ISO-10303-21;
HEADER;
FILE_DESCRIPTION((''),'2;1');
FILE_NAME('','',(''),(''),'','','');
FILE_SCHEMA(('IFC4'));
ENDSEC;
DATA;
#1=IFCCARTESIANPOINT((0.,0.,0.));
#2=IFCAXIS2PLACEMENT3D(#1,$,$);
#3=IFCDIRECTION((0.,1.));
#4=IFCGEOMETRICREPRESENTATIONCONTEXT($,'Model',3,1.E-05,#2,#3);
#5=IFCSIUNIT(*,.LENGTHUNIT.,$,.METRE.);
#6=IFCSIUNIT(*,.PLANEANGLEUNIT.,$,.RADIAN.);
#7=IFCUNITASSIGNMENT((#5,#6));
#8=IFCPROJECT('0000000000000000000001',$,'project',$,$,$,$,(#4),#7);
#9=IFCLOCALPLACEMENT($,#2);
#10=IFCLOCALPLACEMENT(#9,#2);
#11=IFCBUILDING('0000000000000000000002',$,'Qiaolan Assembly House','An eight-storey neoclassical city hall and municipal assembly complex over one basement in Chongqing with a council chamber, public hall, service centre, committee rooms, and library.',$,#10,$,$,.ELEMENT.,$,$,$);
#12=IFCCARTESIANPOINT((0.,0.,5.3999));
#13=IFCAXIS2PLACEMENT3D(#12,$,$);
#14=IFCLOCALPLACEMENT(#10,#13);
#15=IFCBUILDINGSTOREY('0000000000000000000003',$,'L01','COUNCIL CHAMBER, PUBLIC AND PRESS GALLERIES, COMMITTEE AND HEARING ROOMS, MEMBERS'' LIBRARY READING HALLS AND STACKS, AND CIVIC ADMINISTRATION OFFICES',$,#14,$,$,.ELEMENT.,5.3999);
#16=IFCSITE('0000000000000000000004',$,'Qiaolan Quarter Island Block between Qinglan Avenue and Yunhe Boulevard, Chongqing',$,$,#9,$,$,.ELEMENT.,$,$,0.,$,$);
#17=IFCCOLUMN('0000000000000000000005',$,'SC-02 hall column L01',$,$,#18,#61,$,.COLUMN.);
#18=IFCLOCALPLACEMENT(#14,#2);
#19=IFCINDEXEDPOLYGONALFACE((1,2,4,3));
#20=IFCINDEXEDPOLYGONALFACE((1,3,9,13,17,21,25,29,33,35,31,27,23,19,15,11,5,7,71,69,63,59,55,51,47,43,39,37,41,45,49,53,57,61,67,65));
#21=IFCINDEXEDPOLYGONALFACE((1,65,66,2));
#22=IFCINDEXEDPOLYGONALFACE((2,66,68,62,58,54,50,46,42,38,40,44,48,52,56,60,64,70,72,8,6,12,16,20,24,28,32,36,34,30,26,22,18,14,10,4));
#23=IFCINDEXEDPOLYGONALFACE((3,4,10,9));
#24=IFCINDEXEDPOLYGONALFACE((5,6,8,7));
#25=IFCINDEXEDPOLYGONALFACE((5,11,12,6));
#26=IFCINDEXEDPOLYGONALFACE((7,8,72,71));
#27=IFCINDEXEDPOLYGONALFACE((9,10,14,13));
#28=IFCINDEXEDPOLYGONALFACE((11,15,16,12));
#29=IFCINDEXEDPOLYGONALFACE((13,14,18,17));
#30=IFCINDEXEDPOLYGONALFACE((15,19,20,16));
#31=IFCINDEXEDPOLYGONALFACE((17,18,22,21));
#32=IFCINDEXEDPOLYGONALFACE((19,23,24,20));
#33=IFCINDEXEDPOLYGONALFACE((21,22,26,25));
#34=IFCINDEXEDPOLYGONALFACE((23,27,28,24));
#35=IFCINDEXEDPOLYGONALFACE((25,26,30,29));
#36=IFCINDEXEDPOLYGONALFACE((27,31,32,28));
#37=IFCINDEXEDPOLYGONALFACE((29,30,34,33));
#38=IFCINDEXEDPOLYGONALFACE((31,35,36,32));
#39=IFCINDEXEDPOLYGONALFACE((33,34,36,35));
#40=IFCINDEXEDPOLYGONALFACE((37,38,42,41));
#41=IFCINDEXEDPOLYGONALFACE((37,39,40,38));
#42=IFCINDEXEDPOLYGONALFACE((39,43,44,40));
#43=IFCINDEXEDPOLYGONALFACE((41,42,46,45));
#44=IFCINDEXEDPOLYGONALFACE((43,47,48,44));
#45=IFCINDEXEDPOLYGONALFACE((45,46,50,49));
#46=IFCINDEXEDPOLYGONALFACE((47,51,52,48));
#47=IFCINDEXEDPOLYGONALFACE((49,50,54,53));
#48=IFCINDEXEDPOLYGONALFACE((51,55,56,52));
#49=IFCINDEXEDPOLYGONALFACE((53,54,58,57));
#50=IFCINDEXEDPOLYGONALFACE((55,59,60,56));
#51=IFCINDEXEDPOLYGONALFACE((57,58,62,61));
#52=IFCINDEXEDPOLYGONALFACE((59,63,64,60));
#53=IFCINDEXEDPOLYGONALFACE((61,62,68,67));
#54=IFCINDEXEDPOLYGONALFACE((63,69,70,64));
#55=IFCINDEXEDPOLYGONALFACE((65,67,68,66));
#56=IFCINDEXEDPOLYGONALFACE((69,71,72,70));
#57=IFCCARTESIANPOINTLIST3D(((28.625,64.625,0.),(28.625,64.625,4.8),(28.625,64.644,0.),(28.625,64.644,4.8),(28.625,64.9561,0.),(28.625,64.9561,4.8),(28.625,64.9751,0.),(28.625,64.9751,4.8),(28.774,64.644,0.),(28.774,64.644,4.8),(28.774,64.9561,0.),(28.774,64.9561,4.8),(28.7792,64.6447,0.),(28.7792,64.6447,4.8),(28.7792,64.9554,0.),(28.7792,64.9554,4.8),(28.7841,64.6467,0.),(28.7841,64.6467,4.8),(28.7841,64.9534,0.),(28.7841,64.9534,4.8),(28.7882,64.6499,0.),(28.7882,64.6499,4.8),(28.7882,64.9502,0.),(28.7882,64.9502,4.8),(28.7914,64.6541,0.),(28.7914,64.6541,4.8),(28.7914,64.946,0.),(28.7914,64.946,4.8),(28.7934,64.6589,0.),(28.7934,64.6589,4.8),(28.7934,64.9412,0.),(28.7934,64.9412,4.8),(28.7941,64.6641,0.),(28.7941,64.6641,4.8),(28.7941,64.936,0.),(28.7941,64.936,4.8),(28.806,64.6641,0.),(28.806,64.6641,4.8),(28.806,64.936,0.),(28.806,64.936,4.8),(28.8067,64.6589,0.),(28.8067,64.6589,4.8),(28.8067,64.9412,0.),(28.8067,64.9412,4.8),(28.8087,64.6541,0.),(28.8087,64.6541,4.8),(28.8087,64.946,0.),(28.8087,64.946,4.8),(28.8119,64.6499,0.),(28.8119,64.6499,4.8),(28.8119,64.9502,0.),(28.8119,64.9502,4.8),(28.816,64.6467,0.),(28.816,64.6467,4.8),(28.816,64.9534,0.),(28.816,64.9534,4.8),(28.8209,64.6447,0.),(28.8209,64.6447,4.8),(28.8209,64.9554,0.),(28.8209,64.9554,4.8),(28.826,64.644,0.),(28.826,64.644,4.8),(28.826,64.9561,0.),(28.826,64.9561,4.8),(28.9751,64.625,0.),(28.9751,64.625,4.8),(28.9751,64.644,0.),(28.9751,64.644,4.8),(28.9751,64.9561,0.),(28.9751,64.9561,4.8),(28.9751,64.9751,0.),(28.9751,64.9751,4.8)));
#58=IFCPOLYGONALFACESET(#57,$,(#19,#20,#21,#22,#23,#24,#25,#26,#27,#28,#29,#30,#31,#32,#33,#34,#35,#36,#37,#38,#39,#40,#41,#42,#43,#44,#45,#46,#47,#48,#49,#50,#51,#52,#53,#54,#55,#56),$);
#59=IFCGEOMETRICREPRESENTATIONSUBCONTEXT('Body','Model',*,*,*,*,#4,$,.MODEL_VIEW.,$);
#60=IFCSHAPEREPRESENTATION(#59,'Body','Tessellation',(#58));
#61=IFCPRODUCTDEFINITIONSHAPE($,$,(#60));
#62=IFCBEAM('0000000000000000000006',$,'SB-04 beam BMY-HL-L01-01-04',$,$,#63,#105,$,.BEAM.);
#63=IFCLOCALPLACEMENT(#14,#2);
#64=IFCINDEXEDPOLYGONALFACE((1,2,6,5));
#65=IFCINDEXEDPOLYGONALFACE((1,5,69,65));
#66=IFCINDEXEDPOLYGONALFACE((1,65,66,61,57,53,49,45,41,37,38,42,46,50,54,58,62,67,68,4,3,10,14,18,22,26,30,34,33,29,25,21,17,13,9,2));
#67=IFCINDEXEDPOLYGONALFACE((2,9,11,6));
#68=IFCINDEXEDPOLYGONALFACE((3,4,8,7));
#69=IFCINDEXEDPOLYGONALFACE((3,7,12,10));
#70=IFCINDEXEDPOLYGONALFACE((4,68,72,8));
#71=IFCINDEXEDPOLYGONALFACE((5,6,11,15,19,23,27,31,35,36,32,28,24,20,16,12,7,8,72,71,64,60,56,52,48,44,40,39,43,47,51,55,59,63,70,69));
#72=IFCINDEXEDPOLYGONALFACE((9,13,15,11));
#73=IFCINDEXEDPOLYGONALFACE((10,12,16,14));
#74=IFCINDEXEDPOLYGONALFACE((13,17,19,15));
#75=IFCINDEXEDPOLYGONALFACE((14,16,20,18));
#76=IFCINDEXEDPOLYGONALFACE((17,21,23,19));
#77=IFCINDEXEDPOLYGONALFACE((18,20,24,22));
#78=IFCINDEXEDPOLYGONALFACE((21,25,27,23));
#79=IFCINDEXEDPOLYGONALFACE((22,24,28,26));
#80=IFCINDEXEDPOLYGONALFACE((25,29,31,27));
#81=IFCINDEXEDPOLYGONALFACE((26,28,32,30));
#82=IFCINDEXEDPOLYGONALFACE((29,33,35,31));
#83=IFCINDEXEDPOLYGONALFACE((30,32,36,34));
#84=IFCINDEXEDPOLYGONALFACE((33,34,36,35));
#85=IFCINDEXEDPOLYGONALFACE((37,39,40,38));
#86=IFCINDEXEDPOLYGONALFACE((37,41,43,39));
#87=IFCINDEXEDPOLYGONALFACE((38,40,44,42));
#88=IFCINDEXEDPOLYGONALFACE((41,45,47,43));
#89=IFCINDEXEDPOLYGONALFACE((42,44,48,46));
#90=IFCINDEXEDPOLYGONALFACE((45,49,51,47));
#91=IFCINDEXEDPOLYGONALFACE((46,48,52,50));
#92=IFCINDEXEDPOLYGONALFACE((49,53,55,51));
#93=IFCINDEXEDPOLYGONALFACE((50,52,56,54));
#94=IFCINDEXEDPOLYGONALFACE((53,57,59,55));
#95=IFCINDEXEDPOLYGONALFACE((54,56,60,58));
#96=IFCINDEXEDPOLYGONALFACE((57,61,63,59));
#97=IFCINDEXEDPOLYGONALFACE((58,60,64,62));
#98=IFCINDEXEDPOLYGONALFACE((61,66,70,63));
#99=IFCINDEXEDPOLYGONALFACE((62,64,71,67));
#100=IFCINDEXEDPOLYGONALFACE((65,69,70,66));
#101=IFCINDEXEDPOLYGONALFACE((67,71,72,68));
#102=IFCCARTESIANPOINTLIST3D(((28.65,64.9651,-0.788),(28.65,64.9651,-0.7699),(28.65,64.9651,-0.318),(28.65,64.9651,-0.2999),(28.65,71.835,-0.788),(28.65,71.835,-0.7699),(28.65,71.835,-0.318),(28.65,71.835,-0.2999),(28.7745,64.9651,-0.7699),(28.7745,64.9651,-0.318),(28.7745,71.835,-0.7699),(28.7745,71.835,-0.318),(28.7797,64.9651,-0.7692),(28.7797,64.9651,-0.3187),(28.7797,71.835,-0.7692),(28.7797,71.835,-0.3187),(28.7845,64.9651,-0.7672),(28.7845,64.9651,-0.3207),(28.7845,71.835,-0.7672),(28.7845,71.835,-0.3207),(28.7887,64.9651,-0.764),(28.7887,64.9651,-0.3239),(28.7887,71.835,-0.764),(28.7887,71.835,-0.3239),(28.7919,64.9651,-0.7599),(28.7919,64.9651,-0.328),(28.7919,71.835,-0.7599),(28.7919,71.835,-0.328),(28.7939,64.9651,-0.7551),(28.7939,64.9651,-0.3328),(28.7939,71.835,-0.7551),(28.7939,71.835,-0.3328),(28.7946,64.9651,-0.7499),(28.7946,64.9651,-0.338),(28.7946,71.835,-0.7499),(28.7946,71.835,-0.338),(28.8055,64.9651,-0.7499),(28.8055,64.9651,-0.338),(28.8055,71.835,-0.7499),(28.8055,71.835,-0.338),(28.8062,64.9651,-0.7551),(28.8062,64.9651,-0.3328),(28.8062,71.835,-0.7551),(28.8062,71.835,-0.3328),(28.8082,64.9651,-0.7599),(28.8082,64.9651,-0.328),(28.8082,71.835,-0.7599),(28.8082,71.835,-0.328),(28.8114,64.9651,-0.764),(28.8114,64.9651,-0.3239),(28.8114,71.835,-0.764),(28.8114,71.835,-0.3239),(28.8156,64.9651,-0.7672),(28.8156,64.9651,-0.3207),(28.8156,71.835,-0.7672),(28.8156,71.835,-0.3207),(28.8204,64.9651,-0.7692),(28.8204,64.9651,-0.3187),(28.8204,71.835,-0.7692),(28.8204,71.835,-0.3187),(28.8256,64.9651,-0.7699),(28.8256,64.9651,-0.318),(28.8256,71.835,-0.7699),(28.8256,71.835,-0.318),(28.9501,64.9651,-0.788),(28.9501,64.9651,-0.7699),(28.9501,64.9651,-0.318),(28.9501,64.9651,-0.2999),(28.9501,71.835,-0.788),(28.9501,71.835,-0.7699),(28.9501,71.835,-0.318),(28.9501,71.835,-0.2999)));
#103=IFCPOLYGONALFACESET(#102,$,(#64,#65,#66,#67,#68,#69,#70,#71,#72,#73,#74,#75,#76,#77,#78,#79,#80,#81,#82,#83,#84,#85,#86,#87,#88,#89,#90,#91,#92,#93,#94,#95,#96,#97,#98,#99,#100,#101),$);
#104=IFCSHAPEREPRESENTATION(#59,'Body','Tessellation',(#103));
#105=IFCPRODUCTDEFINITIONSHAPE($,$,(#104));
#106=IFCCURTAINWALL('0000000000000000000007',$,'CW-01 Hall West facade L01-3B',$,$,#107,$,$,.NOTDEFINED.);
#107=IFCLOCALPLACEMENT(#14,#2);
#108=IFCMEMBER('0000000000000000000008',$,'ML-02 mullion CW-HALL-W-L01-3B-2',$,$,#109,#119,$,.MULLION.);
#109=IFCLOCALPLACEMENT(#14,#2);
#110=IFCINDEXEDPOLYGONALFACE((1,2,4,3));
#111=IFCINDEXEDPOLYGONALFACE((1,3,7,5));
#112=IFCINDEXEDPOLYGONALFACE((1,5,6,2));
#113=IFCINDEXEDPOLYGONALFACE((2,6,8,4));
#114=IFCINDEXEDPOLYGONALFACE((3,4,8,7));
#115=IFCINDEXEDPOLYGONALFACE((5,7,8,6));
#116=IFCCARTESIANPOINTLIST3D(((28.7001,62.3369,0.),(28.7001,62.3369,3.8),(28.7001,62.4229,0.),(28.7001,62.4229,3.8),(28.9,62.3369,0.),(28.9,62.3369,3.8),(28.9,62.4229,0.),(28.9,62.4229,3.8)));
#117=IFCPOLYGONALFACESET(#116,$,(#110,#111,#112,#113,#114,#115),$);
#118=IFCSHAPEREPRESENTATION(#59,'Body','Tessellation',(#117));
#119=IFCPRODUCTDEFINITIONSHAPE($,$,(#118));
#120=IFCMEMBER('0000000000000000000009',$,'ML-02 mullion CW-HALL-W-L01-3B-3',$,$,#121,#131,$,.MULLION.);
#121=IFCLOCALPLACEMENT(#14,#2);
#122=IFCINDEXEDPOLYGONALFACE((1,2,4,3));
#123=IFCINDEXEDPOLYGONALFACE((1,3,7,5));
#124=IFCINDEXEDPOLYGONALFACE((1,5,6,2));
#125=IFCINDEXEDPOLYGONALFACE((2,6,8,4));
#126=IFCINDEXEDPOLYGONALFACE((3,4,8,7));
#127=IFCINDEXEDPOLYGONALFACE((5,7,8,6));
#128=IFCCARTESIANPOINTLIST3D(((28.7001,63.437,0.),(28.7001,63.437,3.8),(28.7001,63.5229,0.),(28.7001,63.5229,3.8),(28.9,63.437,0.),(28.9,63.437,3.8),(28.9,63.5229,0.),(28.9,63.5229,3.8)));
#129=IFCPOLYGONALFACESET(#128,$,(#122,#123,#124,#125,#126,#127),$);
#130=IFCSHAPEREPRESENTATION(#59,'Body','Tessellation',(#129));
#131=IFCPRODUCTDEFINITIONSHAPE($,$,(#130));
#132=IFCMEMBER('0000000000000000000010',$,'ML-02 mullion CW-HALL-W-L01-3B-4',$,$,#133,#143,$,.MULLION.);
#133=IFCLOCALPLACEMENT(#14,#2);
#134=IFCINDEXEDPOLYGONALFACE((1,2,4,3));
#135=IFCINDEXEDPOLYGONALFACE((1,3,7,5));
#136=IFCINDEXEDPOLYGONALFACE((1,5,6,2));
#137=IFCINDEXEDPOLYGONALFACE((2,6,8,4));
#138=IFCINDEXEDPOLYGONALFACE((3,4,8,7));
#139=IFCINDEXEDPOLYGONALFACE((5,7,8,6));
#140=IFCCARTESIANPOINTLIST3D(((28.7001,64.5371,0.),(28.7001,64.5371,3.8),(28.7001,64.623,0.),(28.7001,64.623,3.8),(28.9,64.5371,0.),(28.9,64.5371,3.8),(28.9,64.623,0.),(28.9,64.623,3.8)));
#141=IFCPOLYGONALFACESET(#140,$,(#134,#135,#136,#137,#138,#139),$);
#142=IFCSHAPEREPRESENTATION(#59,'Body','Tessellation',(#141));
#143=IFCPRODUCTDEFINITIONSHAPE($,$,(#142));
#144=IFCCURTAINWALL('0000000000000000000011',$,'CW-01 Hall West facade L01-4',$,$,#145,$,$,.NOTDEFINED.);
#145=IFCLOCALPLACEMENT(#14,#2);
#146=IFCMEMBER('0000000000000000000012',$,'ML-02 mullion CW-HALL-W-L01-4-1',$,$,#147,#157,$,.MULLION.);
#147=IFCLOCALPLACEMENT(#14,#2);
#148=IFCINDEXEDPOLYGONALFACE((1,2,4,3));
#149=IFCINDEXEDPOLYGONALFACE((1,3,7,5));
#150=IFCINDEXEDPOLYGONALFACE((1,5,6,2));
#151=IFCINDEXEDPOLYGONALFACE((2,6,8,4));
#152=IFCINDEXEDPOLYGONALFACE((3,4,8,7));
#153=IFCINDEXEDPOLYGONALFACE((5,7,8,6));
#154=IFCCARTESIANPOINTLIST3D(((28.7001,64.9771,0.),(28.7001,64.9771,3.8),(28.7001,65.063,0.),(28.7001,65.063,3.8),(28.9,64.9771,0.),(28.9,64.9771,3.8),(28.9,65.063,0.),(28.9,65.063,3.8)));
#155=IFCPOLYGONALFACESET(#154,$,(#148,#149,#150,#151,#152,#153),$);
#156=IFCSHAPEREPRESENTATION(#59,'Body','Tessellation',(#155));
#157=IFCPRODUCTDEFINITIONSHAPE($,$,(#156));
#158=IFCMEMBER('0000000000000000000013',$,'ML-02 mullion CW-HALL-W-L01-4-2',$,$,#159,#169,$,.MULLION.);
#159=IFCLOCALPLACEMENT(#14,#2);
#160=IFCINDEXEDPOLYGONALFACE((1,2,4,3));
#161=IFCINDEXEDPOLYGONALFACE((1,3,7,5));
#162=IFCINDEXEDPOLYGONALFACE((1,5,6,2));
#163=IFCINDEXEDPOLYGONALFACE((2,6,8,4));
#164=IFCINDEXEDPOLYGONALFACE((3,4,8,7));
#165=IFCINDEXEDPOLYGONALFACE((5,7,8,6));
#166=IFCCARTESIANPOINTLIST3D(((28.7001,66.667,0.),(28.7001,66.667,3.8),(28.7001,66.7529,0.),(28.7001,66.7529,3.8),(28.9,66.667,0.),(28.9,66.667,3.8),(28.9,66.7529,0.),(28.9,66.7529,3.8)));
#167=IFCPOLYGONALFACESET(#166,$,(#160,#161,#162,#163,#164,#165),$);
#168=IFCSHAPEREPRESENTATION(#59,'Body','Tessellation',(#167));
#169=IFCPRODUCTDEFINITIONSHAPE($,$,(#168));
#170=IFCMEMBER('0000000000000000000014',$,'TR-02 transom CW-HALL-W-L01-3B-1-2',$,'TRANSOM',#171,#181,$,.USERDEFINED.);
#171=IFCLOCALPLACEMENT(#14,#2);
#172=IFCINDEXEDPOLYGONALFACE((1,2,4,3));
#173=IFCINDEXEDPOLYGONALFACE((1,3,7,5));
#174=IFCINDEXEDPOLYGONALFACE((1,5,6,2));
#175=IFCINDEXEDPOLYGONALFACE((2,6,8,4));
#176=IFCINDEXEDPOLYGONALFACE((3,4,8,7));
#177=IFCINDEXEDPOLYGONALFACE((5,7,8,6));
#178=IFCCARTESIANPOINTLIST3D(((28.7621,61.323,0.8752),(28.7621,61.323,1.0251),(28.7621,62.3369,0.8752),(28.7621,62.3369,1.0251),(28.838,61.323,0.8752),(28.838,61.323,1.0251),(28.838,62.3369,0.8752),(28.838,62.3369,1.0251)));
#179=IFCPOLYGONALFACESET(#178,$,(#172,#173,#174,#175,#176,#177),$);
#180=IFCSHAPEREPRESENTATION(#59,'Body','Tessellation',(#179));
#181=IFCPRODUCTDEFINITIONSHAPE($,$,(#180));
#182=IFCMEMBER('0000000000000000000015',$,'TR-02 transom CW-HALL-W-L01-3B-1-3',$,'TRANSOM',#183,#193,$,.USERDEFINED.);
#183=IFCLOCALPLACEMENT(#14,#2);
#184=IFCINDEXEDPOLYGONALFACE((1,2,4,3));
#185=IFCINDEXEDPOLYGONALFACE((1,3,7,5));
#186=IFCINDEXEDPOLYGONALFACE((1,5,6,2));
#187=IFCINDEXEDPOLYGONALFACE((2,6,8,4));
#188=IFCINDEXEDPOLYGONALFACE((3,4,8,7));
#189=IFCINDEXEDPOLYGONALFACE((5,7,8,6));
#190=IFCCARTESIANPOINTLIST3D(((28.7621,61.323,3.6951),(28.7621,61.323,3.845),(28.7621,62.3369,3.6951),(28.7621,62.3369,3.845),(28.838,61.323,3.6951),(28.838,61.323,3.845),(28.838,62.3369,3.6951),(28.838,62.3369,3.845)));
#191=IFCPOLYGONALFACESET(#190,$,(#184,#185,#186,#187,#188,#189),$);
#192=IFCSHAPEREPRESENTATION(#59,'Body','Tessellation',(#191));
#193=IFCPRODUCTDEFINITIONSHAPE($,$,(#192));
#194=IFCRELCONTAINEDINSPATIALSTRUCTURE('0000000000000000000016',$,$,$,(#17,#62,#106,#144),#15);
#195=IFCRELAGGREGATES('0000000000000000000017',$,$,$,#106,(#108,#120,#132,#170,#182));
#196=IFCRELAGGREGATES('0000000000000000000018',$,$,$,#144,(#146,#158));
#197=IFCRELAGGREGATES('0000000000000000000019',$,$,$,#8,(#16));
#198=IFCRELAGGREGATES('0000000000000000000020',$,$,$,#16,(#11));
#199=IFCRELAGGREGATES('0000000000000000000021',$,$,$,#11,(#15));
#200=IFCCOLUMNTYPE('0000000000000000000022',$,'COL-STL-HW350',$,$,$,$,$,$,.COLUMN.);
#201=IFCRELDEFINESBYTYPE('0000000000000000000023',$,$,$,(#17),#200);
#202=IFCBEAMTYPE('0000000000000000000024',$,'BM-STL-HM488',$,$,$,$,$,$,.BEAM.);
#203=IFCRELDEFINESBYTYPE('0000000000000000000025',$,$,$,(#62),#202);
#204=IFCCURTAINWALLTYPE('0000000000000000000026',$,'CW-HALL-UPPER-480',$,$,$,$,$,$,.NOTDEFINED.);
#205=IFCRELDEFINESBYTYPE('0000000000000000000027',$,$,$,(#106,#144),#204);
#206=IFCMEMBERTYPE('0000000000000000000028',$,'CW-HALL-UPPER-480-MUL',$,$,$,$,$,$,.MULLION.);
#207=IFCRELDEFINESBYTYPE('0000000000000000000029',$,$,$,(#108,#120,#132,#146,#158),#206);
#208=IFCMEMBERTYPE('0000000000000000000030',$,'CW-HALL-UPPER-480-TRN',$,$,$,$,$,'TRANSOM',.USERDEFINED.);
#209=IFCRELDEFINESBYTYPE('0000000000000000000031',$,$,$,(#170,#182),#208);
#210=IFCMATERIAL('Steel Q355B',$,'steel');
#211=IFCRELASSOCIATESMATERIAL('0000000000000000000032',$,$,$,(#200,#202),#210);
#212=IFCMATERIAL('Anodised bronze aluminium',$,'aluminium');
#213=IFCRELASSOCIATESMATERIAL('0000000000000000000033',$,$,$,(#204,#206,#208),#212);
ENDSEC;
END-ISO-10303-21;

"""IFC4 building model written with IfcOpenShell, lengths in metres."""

from ifc_helpers import new_model, si_unit, direction, frame, origin, origin_2d, place, context, subcontext, project, spatial, rectangle, i_section, extrude, material, material_profile, profile_set, type_object, element, aggregate, save


model = new_model("IFC4")

# Units and contexts
model_context = context("Model", 3, precision=1e-05, world=origin(), true_north=direction((0.0, 1.0)))
body_context = subcontext(model_context, "Body", "Model", "MODEL_VIEW")
ifc_project = project(units=[si_unit("LENGTHUNIT", "METRE"), si_unit("PLANEANGLEUNIT", "RADIAN")], contexts=[model_context])

# Site, building, storey
site_placement = place(None, origin())
site = spatial("IfcSite", under=ifc_project, at=site_placement, Name="Qiaolan Quarter Island Block between Qinglan Avenue and Yunhe Boulevard, Chongqing", CompositionType="ELEMENT", RefElevation=0.0)
building_placement = place(site_placement, origin())
building = spatial("IfcBuilding", under=site, at=building_placement, Name="Qiaolan Assembly House", Description="An eight-storey neoclassical city hall and municipal assembly complex over one basement in Chongqing with a council chamber, public hall, service centre, committee rooms, and library.", CompositionType="ELEMENT")
storey_placement = place(building_placement, frame((0.0, 0.0, 5.3999)))
storey = spatial("IfcBuildingStorey", under=building, at=storey_placement, Name="L01", Description="COUNCIL CHAMBER, PUBLIC AND PRESS GALLERIES, COMMITTEE AND HEARING ROOMS, MEMBERS' LIBRARY READING HALLS AND STACKS, AND CIVIC ADMINISTRATION OFFICES", CompositionType="ELEMENT", Elevation=5.3999)

# Column
ifc_material_1 = material(Name="Steel Q355B", Category="steel")
ifc_material_profile_1 = material_profile(ifc_material_1, i_section(OverallWidth=0.3501, OverallDepth=0.3501, WebThickness=0.012, FlangeThickness=0.019, FilletRadius=0.02, at=origin_2d()), Name="HW 350x350x12x19")
ifc_profile_set_1 = profile_set([ifc_material_profile_1], Name="Steel Q355B")
column_type = type_object("IfcColumnType", Name="COL-STL-HW350", PredefinedType="COLUMN", material=ifc_profile_set_1)
column_placement = place(storey_placement, frame((28.8, 64.8, 0.0), z_axis=(0.0, 0.0, 1.0), x_axis=(1.0, 0.0, 0.0)))
element("IfcColumn", 1, at=column_placement, inside=storey, type_object=column_type, Name="SC-02 hall column L01", PredefinedType="COLUMN", context=body_context, shape_type="SweptSolid", body=[
    extrude(i_section(OverallWidth=0.3501, OverallDepth=0.3501, WebThickness=0.012, FlangeThickness=0.019, FilletRadius=0.02, at=origin_2d()), origin(), (0.0, 0.0, 1.0), 4.8),
])

# Beam
ifc_material_profile_2 = material_profile(ifc_material_1, i_section(OverallWidth=0.3, OverallDepth=0.488, WebThickness=0.011, FlangeThickness=0.0181, FilletRadius=0.02, at=origin_2d()), Name="HM 488x300x11x18")
ifc_profile_set_2 = profile_set([ifc_material_profile_2], Name="Steel Q355B")
beam_type = type_object("IfcBeamType", Name="BM-STL-HM488", PredefinedType="BEAM", material=ifc_profile_set_2)
beam_placement = place(storey_placement, frame((28.8, 64.9651, -0.5439), z_axis=(0.0, 1.0, 0.0), x_axis=(-1.0, 0.0, 0.0)))
element("IfcBeam", 2, at=beam_placement, inside=storey, type_object=beam_type, Name="SB-04 beam BMY-HL-L01-01-04", PredefinedType="BEAM", context=body_context, shape_type="SweptSolid", body=[
    extrude(i_section(OverallWidth=0.3, OverallDepth=0.488, WebThickness=0.011, FlangeThickness=0.0181, FilletRadius=0.02, at=origin_2d()), origin(), (0.0, 0.0, 1.0), 6.8699),
])

# Curtain walls, members
ifc_material_2 = material(Name="Anodised bronze aluminium", Category="aluminium")
curtain_wall_type = type_object("IfcCurtainWallType", Name="CW-HALL-UPPER-480", PredefinedType="NOTDEFINED", material=ifc_material_2)
curtain_wall_1_placement = place(storey_placement, origin())
curtain_wall_1 = element("IfcCurtainWall", 3, at=curtain_wall_1_placement, inside=storey, type_object=curtain_wall_type, Name="CW-01 Hall West facade L01-3B", PredefinedType="NOTDEFINED")
ifc_material_profile_3 = material_profile(ifc_material_2, rectangle(XDim=0.0859, YDim=0.2, at=origin_2d()), Name="MUL 86x200")
ifc_profile_set_3 = profile_set([ifc_material_profile_3], Name="Anodised bronze aluminium")
member_type_1 = type_object("IfcMemberType", Name="CW-HALL-UPPER-480-MUL", PredefinedType="MULLION", material=ifc_profile_set_3)
member_1_placement = place(storey_placement, frame((28.8, 62.3799, 0.0), z_axis=(0.0, 0.0, 1.0), x_axis=(0.0, 1.0, 0.0)))
member_1 = element("IfcMember", 4, at=member_1_placement, type_object=member_type_1, Name="ML-02 mullion CW-HALL-W-L01-3B-2", PredefinedType="MULLION", context=body_context, shape_type="SweptSolid", body=[
    extrude(rectangle(XDim=0.0859, YDim=0.2, at=origin_2d()), origin(), (0.0, 0.0, 1.0), 3.8),
])
member_2_placement = place(storey_placement, frame((28.8, 63.48, 0.0), z_axis=(0.0, 0.0, 1.0), x_axis=(0.0, 1.0, 0.0)))
member_2 = element("IfcMember", 5, at=member_2_placement, type_object=member_type_1, Name="ML-02 mullion CW-HALL-W-L01-3B-3", PredefinedType="MULLION", context=body_context, shape_type="SweptSolid", body=[
    extrude(rectangle(XDim=0.0859, YDim=0.2, at=origin_2d()), origin(), (0.0, 0.0, 1.0), 3.8),
])
member_3_placement = place(storey_placement, frame((28.8, 64.5801, 0.0), z_axis=(0.0, 0.0, 1.0), x_axis=(0.0, 1.0, 0.0)))
member_3 = element("IfcMember", 6, at=member_3_placement, type_object=member_type_1, Name="ML-02 mullion CW-HALL-W-L01-3B-4", PredefinedType="MULLION", context=body_context, shape_type="SweptSolid", body=[
    extrude(rectangle(XDim=0.0859, YDim=0.2, at=origin_2d()), origin(), (0.0, 0.0, 1.0), 3.8),
])
curtain_wall_2_placement = place(storey_placement, origin())
curtain_wall_2 = element("IfcCurtainWall", 7, at=curtain_wall_2_placement, inside=storey, type_object=curtain_wall_type, Name="CW-01 Hall West facade L01-4", PredefinedType="NOTDEFINED")
member_4_placement = place(storey_placement, frame((28.8, 65.02, 0.0), z_axis=(0.0, 0.0, 1.0), x_axis=(0.0, 1.0, 0.0)))
member_4 = element("IfcMember", 8, at=member_4_placement, type_object=member_type_1, Name="ML-02 mullion CW-HALL-W-L01-4-1", PredefinedType="MULLION", context=body_context, shape_type="SweptSolid", body=[
    extrude(rectangle(XDim=0.0859, YDim=0.2, at=origin_2d()), origin(), (0.0, 0.0, 1.0), 3.8),
])
member_5_placement = place(storey_placement, frame((28.8, 66.71, 0.0), z_axis=(0.0, 0.0, 1.0), x_axis=(0.0, 1.0, 0.0)))
member_5 = element("IfcMember", 9, at=member_5_placement, type_object=member_type_1, Name="ML-02 mullion CW-HALL-W-L01-4-2", PredefinedType="MULLION", context=body_context, shape_type="SweptSolid", body=[
    extrude(rectangle(XDim=0.0859, YDim=0.2, at=origin_2d()), origin(), (0.0, 0.0, 1.0), 3.8),
])

# Members
ifc_material_profile_4 = material_profile(ifc_material_2, rectangle(XDim=0.0759, YDim=0.1499, at=origin_2d()), Name="TRN 76x150")
ifc_profile_set_4 = profile_set([ifc_material_profile_4], Name="Anodised bronze aluminium")
member_type_2 = type_object("IfcMemberType", Name="CW-HALL-UPPER-480-TRN", ElementType="TRANSOM", PredefinedType="USERDEFINED", material=ifc_profile_set_4)
member_6_placement = place(storey_placement, frame((28.8, 61.323, 0.9502), z_axis=(0.0, 1.0, 0.0), x_axis=(-1.0, 0.0, 0.0)))
member_6 = element("IfcMember", 10, at=member_6_placement, type_object=member_type_2, Name="TR-02 transom CW-HALL-W-L01-3B-1-2", ObjectType="TRANSOM", PredefinedType="USERDEFINED", context=body_context, shape_type="SweptSolid", body=[
    extrude(rectangle(XDim=0.0759, YDim=0.1499, at=origin_2d()), origin(), (0.0, 0.0, 1.0), 1.0139),
])
member_7_placement = place(storey_placement, frame((28.8, 61.323, 3.77), z_axis=(0.0, 1.0, 0.0), x_axis=(-1.0, 0.0, 0.0)))
member_7 = element("IfcMember", 11, at=member_7_placement, type_object=member_type_2, Name="TR-02 transom CW-HALL-W-L01-3B-1-3", ObjectType="TRANSOM", PredefinedType="USERDEFINED", context=body_context, shape_type="SweptSolid", body=[
    extrude(rectangle(XDim=0.0759, YDim=0.1499, at=origin_2d()), origin(), (0.0, 0.0, 1.0), 1.0139),
])

aggregate(curtain_wall_1, [member_1, member_2, member_3, member_6, member_7])
aggregate(curtain_wall_2, [member_4, member_5])

save(model, "model.ifc")
